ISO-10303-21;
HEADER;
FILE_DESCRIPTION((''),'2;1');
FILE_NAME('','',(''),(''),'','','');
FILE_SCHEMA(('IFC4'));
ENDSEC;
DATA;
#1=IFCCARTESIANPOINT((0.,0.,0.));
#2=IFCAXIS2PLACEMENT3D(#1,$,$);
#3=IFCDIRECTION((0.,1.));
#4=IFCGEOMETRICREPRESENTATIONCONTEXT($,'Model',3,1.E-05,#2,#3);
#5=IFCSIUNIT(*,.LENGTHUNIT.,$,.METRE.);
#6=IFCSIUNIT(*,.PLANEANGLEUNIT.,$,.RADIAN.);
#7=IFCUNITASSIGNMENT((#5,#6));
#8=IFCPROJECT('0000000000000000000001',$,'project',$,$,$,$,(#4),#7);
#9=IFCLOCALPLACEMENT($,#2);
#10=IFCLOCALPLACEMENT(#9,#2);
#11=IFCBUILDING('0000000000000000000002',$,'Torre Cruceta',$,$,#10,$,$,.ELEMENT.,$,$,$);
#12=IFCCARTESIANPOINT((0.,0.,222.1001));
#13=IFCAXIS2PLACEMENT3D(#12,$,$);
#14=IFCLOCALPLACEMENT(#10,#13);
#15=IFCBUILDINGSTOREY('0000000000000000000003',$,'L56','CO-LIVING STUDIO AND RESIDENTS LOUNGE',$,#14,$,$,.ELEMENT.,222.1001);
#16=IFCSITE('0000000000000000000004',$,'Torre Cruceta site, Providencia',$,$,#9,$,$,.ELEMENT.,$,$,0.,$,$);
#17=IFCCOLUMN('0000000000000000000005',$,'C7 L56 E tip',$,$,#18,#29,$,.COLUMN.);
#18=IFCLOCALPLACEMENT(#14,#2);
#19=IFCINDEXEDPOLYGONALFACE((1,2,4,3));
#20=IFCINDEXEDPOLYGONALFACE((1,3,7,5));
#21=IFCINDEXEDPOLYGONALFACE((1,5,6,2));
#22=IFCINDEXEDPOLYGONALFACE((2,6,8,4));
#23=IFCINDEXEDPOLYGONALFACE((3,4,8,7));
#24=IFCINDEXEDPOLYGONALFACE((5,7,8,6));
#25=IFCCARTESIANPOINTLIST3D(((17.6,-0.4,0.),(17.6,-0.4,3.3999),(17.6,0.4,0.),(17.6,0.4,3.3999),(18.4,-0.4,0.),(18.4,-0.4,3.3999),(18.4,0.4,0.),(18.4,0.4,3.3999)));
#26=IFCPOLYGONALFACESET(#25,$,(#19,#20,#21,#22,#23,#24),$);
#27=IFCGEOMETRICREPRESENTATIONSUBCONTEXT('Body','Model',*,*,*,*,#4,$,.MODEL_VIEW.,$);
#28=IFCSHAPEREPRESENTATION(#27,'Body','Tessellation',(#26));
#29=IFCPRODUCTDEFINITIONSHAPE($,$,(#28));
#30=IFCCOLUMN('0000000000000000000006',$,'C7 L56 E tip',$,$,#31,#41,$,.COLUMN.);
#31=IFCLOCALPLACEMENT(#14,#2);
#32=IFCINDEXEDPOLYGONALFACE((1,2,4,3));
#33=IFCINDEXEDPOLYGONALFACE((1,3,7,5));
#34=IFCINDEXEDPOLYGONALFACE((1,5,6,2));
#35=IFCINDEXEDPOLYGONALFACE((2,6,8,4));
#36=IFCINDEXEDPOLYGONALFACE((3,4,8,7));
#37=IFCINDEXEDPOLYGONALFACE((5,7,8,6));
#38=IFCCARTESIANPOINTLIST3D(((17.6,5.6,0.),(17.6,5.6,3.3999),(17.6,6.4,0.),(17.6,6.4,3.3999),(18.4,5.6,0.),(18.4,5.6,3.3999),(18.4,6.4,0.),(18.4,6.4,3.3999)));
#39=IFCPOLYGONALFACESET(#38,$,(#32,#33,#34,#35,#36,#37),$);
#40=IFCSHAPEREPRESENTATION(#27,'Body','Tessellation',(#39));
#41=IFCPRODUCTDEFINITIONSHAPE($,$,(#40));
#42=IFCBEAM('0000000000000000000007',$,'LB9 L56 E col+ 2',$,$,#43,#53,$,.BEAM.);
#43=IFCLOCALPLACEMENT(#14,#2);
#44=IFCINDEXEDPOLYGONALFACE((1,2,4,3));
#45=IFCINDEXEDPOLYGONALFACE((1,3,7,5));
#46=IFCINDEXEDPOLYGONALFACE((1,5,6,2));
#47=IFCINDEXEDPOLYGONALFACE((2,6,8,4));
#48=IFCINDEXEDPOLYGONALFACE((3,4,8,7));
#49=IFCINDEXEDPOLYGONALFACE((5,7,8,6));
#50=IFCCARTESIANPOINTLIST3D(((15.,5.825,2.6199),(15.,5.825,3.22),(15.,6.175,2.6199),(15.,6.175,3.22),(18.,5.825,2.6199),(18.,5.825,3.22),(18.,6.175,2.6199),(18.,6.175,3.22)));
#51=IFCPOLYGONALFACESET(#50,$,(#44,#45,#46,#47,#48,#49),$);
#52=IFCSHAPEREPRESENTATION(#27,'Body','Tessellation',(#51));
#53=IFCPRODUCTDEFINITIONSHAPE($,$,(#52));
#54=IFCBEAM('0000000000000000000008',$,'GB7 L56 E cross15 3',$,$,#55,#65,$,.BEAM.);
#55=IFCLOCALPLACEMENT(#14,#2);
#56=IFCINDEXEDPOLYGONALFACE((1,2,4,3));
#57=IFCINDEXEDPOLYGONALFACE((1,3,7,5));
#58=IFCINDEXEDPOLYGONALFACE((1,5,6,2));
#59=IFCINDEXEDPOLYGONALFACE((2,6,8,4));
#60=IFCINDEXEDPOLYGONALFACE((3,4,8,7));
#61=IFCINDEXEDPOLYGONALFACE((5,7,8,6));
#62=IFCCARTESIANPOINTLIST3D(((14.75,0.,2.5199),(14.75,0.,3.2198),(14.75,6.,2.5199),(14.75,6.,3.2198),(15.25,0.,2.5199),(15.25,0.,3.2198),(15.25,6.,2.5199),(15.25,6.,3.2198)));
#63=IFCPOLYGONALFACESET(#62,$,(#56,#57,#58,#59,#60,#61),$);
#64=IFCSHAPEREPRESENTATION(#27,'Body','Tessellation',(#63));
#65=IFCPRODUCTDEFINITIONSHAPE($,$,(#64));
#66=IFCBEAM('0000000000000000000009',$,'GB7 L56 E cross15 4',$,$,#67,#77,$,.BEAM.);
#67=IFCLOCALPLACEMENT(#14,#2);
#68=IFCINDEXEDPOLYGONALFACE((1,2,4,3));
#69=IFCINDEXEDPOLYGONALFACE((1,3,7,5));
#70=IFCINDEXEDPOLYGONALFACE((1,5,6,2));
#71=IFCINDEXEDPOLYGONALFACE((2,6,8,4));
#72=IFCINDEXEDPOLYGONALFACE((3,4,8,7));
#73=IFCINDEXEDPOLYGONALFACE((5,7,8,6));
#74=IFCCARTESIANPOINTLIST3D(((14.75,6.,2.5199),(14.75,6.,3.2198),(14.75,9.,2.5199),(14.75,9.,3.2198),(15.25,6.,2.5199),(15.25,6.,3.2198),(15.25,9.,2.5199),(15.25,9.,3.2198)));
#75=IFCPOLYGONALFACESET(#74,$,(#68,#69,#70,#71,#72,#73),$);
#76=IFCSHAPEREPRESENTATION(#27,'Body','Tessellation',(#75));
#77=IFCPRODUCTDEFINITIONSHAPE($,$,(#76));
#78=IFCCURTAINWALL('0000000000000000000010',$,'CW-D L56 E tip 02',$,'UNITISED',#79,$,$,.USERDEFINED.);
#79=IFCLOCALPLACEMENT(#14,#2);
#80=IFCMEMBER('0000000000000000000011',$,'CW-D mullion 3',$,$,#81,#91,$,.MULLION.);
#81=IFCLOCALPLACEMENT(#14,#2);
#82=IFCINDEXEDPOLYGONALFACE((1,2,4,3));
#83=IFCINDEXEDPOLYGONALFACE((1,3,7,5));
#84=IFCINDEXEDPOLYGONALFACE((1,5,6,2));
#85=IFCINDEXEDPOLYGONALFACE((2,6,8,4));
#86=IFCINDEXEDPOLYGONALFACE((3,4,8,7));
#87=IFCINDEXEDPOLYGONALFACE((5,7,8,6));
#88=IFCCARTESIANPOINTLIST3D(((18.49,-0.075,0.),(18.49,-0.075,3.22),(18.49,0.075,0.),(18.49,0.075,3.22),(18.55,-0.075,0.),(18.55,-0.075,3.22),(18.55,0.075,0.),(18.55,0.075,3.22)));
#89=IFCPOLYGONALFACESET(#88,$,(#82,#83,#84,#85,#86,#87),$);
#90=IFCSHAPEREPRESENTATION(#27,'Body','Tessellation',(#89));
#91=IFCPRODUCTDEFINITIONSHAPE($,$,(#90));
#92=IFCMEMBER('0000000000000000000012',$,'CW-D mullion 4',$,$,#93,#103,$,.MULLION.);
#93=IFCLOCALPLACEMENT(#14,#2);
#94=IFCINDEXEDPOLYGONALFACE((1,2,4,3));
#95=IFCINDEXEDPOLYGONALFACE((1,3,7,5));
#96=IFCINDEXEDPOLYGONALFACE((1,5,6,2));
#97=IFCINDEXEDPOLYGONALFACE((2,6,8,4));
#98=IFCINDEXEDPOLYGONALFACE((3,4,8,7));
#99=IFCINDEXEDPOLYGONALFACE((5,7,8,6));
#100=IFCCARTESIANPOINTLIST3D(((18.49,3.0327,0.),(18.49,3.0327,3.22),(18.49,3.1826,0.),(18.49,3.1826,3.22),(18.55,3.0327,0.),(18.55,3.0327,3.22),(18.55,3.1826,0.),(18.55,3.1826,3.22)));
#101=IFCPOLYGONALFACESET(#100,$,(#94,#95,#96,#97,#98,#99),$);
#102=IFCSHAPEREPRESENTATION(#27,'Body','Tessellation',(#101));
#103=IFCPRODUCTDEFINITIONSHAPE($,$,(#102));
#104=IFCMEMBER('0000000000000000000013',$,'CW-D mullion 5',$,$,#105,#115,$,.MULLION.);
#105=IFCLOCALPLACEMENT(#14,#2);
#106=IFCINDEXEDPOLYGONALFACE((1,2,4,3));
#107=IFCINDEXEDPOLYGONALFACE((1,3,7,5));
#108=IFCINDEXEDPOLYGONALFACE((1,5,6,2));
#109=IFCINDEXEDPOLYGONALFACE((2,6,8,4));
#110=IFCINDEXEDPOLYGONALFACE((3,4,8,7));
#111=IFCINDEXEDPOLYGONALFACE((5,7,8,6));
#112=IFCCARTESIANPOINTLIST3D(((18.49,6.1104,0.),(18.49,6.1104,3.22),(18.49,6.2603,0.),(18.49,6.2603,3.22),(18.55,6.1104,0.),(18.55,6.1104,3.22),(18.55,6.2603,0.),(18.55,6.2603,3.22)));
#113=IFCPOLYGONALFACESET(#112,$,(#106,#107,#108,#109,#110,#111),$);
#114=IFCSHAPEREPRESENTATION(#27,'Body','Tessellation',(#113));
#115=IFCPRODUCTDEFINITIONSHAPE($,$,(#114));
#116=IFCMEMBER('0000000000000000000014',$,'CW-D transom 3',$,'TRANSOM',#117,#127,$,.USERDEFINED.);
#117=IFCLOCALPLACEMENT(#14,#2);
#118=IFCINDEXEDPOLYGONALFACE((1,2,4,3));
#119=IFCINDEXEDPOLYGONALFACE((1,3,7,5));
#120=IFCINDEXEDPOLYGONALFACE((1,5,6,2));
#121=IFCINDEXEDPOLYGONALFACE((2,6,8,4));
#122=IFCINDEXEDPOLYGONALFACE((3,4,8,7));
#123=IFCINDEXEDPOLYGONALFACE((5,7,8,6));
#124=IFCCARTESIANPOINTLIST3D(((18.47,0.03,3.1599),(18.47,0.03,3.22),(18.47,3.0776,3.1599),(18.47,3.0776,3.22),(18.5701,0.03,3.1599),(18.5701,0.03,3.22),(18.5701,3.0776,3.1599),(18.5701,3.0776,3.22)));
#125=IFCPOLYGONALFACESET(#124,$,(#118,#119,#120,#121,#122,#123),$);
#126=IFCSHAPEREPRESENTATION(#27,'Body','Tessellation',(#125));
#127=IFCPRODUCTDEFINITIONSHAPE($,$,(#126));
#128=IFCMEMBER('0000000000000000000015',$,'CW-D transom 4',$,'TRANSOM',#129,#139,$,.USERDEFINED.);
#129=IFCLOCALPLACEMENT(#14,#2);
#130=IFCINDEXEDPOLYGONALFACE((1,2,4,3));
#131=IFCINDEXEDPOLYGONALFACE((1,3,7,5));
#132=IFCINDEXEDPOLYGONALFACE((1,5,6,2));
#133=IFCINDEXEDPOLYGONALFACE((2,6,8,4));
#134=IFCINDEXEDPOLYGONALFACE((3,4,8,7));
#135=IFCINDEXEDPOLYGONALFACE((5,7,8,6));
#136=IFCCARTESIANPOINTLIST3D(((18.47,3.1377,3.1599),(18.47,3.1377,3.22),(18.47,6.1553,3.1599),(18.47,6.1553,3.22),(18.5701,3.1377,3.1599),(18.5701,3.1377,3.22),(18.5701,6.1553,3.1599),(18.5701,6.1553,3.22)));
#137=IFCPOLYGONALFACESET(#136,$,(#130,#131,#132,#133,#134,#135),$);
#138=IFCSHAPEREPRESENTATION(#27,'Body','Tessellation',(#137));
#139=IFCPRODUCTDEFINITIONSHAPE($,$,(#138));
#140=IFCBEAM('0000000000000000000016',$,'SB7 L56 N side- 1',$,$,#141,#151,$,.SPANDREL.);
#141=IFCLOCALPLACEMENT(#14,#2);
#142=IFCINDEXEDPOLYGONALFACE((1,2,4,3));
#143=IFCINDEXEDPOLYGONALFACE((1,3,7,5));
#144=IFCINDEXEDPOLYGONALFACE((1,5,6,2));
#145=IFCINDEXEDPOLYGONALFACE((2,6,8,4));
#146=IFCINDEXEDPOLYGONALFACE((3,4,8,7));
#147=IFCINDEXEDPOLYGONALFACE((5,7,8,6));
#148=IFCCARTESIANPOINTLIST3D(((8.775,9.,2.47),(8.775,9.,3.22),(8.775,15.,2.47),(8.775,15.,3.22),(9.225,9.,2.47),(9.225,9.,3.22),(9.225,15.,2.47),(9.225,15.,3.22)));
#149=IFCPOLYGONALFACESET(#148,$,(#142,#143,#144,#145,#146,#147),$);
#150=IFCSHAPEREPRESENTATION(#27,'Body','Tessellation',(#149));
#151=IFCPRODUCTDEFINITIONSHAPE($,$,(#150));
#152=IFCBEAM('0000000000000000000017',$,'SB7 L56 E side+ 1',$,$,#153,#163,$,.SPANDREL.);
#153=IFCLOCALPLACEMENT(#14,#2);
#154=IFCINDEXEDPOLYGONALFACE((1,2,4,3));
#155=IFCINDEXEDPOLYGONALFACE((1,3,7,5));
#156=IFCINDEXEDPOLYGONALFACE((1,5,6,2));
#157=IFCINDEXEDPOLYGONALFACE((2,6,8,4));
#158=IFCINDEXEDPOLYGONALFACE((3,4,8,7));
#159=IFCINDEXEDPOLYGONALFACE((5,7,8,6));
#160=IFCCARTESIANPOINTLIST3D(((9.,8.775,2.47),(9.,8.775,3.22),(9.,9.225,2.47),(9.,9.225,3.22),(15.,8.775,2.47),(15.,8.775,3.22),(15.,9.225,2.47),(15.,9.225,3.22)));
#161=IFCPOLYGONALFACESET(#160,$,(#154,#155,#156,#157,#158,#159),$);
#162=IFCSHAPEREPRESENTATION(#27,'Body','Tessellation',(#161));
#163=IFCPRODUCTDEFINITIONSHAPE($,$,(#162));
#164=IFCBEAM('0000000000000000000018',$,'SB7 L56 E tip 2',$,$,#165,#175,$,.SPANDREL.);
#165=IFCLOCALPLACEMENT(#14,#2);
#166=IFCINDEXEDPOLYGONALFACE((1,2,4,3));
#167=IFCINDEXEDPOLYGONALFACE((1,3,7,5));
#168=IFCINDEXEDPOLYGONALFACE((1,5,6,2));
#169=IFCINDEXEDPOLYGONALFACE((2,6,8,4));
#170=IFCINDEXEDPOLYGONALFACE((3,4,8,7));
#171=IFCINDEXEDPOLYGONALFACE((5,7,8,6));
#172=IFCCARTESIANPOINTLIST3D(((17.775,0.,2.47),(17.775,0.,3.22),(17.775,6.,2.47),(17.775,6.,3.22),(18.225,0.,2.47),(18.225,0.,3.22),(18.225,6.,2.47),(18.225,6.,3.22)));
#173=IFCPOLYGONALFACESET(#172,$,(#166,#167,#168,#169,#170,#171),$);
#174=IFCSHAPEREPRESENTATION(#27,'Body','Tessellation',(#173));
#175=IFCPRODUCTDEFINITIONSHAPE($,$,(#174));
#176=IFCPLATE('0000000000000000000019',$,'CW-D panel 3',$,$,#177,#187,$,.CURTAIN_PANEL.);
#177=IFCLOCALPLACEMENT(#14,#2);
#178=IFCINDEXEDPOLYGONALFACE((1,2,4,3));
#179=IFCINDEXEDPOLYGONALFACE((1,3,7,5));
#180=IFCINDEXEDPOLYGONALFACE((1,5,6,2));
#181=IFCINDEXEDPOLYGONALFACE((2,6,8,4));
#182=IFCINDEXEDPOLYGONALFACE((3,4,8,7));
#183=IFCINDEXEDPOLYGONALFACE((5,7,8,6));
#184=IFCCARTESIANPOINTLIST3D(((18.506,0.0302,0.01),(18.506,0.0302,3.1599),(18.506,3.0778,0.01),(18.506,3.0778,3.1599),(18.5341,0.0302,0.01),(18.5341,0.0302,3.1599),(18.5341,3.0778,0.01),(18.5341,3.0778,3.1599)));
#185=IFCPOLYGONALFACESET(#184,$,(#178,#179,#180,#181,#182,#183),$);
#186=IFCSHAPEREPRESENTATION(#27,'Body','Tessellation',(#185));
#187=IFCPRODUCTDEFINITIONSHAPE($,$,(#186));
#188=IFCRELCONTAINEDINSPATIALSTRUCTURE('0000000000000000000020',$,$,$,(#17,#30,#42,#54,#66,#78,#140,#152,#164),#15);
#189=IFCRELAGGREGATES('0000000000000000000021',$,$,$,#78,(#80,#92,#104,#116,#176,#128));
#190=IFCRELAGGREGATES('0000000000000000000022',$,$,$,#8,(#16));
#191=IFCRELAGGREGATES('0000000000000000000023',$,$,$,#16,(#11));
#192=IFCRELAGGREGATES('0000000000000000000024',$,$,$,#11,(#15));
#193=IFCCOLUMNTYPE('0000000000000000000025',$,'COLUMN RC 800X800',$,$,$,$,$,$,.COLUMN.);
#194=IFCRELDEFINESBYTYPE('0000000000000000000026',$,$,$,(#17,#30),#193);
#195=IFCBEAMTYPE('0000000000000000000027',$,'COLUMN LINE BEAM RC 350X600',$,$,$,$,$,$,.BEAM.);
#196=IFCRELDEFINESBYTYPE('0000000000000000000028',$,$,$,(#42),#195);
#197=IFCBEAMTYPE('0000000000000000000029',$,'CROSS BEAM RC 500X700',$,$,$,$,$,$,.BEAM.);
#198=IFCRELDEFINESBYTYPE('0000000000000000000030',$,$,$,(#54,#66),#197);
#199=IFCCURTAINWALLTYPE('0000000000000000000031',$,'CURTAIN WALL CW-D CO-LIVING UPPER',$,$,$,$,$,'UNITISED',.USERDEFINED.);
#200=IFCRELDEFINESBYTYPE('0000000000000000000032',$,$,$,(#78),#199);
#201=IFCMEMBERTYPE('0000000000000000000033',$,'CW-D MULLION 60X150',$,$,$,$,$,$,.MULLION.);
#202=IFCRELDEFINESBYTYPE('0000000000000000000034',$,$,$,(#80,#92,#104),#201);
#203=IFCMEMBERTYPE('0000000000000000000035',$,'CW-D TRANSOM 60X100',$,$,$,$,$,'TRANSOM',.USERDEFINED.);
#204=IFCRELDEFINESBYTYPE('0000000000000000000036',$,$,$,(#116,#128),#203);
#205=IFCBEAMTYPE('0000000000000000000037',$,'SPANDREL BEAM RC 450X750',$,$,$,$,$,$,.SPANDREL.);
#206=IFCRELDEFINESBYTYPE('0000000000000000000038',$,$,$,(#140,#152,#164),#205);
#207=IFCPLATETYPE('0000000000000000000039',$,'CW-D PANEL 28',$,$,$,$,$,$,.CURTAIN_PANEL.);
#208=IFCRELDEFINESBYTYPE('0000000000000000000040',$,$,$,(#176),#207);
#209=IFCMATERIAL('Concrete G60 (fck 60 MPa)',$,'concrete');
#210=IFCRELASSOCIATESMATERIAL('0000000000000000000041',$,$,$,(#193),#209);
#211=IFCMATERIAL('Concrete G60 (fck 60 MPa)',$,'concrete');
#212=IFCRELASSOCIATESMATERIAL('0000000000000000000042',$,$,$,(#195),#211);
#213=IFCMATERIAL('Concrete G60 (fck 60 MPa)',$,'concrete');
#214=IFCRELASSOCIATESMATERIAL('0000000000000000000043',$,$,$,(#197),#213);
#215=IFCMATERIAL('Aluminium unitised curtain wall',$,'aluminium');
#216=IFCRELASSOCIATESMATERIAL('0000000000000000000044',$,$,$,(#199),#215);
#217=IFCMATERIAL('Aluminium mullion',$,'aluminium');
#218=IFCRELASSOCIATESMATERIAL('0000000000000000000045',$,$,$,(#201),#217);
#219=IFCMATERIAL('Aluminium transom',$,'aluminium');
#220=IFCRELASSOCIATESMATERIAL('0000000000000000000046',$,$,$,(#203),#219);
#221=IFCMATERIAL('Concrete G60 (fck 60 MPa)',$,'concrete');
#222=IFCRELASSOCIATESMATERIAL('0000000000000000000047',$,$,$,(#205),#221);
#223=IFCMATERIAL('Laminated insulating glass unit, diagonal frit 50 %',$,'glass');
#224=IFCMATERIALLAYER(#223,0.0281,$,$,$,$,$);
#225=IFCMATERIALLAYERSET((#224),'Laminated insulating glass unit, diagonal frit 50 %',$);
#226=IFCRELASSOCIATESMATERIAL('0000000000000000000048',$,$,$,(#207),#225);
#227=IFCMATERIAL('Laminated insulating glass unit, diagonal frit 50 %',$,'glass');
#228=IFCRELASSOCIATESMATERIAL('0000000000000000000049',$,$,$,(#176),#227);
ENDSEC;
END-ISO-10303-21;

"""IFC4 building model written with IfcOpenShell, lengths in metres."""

from ifc_helpers import new_model, si_unit, direction, frame, origin, origin_2d, place, context, subcontext, project, spatial, rectangle, extrude, material, layer, layer_set, material_profile, profile_set, type_object, element, aggregate, save


model = new_model("IFC4")

# Units and contexts
model_context = context("Model", 3, precision=1e-05, world=origin(), true_north=direction((0.0, 1.0)))
body_context = subcontext(model_context, "Body", "Model", "MODEL_VIEW")
ifc_project = project(units=[si_unit("LENGTHUNIT", "METRE"), si_unit("PLANEANGLEUNIT", "RADIAN")], contexts=[model_context])

# Site, building, storey
site_placement = place(None, origin())
site = spatial("IfcSite", under=ifc_project, at=site_placement, Name="Torre Cruceta site, Providencia", CompositionType="ELEMENT", RefElevation=0.0)
building_placement = place(site_placement, origin())
building = spatial("IfcBuilding", under=site, at=building_placement, Name="Torre Cruceta", CompositionType="ELEMENT")
storey_placement = place(building_placement, frame((0.0, 0.0, 222.1001)))
storey = spatial("IfcBuildingStorey", under=building, at=storey_placement, Name="L56", Description="CO-LIVING STUDIO AND RESIDENTS LOUNGE", CompositionType="ELEMENT", Elevation=222.1001)

# Columns
ifc_material_1 = material(Name="Concrete G60 (fck 60 MPa)", Category="concrete")
ifc_material_profile_1 = material_profile(ifc_material_1, rectangle(XDim=0.8, YDim=0.8, at=origin_2d()), Name="RC 800X800")
ifc_profile_set_1 = profile_set([ifc_material_profile_1], Name="Concrete G60 (fck 60 MPa)")
column_type = type_object("IfcColumnType", Name="COLUMN RC 800X800", PredefinedType="COLUMN", material=ifc_profile_set_1)
for number, where, z_axis, x_axis, name in (
    (1, (18.0, 0.0, 0.0), (0.0, 0.0, 1.0), (1.0, 0.0, 0.0), "C7 L56 E tip"),
    (2, (18.0, 6.0, 0.0), (0.0, 0.0, 1.0), (1.0, 0.0, 0.0), "C7 L56 E tip"),
):
    element("IfcColumn", number, at=place(storey_placement, frame(where, z_axis=z_axis, x_axis=x_axis)), inside=storey, type_object=column_type, Name=name, PredefinedType="COLUMN", context=body_context, shape_type="SweptSolid", body=[
        extrude(rectangle(XDim=0.8, YDim=0.8, at=origin_2d()), origin(), (0.0, 0.0, 1.0), 3.3999),
    ])

# Beams
ifc_material_2 = material(Name="Concrete G60 (fck 60 MPa)", Category="concrete")
ifc_material_profile_2 = material_profile(ifc_material_2, rectangle(XDim=0.3501, YDim=0.6001, at=origin_2d()), Name="RC 350X600")
ifc_profile_set_2 = profile_set([ifc_material_profile_2], Name="Concrete G60 (fck 60 MPa)")
beam_type_1 = type_object("IfcBeamType", Name="COLUMN LINE BEAM RC 350X600", PredefinedType="BEAM", material=ifc_profile_set_2)
beam_1_placement = place(storey_placement, frame((15.0, 6.0, 2.9199), z_axis=(1.0, 0.0, 0.0), x_axis=(0.0, 1.0, 0.0)))
element("IfcBeam", 3, at=beam_1_placement, inside=storey, type_object=beam_type_1, Name="LB9 L56 E col+ 2", PredefinedType="BEAM", context=body_context, shape_type="SweptSolid", body=[
    extrude(rectangle(XDim=0.3501, YDim=0.6001, at=origin_2d()), origin(), (0.0, 0.0, 1.0), 3.0),
])
ifc_material_3 = material(Name="Concrete G60 (fck 60 MPa)", Category="concrete")
ifc_material_profile_3 = material_profile(ifc_material_3, rectangle(XDim=0.5, YDim=0.7, at=origin_2d()), Name="RC 500X700")
ifc_profile_set_3 = profile_set([ifc_material_profile_3], Name="Concrete G60 (fck 60 MPa)")
beam_type_2 = type_object("IfcBeamType", Name="CROSS BEAM RC 500X700", PredefinedType="BEAM", material=ifc_profile_set_3)
beam_2_placement = place(storey_placement, frame((15.0, 0.0, 2.8699), z_axis=(0.0, 1.0, 0.0), x_axis=(-1.0, 0.0, 0.0)))
element("IfcBeam", 4, at=beam_2_placement, inside=storey, type_object=beam_type_2, Name="GB7 L56 E cross15 3", PredefinedType="BEAM", context=body_context, shape_type="SweptSolid", body=[
    extrude(rectangle(XDim=0.5, YDim=0.7, at=origin_2d()), origin(), (0.0, 0.0, 1.0), 6.0),
])
beam_3_placement = place(storey_placement, frame((15.0, 6.0, 2.8699), z_axis=(0.0, 1.0, 0.0), x_axis=(-1.0, 0.0, 0.0)))
element("IfcBeam", 5, at=beam_3_placement, inside=storey, type_object=beam_type_2, Name="GB7 L56 E cross15 4", PredefinedType="BEAM", context=body_context, shape_type="SweptSolid", body=[
    extrude(rectangle(XDim=0.5, YDim=0.7, at=origin_2d()), origin(), (0.0, 0.0, 1.0), 3.0),
])

# Curtain wall, members
ifc_material_4 = material(Name="Aluminium unitised curtain wall", Category="aluminium")
curtain_wall_type = type_object("IfcCurtainWallType", Name="CURTAIN WALL CW-D CO-LIVING UPPER", ElementType="UNITISED", PredefinedType="USERDEFINED", material=ifc_material_4)
curtain_wall_placement = place(storey_placement, origin())
curtain_wall = element("IfcCurtainWall", 6, at=curtain_wall_placement, inside=storey, type_object=curtain_wall_type, Name="CW-D L56 E tip 02", ObjectType="UNITISED", PredefinedType="USERDEFINED")
ifc_material_5 = material(Name="Aluminium mullion", Category="aluminium")
ifc_material_profile_4 = material_profile(ifc_material_5, rectangle(XDim=0.0601, YDim=0.1499, at=origin_2d()), Name="AL 60X150")
ifc_profile_set_4 = profile_set([ifc_material_profile_4], Name="Aluminium mullion")
member_type_1 = type_object("IfcMemberType", Name="CW-D MULLION 60X150", PredefinedType="MULLION", material=ifc_profile_set_4)
member_1_placement = place(storey_placement, frame((18.52, 0.0, 0.0), z_axis=(0.0, 0.0, 1.0), x_axis=(-1.0, 0.0, 0.0)))
member_1 = element("IfcMember", 7, at=member_1_placement, type_object=member_type_1, Name="CW-D mullion 3", PredefinedType="MULLION", context=body_context, shape_type="SweptSolid", body=[
    extrude(rectangle(XDim=0.0601, YDim=0.1499, at=origin_2d()), origin(), (0.0, 0.0, 1.0), 3.22),
])
member_2_placement = place(storey_placement, frame((18.52, 3.1077, 0.0), z_axis=(0.0, 0.0, 1.0), x_axis=(-1.0, 0.0, 0.0)))
member_2 = element("IfcMember", 8, at=member_2_placement, type_object=member_type_1, Name="CW-D mullion 4", PredefinedType="MULLION", context=body_context, shape_type="SweptSolid", body=[
    extrude(rectangle(XDim=0.0601, YDim=0.1499, at=origin_2d()), origin(), (0.0, 0.0, 1.0), 3.22),
])
member_3_placement = place(storey_placement, frame((18.52, 6.1853, 0.0), z_axis=(0.0, 0.0, 1.0), x_axis=(-1.0, 0.0, 0.0)))
member_3 = element("IfcMember", 9, at=member_3_placement, type_object=member_type_1, Name="CW-D mullion 5", PredefinedType="MULLION", context=body_context, shape_type="SweptSolid", body=[
    extrude(rectangle(XDim=0.0601, YDim=0.1499, at=origin_2d()), origin(), (0.0, 0.0, 1.0), 3.22),
])
ifc_material_6 = material(Name="Aluminium transom", Category="aluminium")
ifc_material_profile_5 = material_profile(ifc_material_6, rectangle(XDim=0.1001, YDim=0.0601, at=origin_2d()), Name="AL 100X60")
ifc_profile_set_5 = profile_set([ifc_material_profile_5], Name="Aluminium transom")
member_type_2 = type_object("IfcMemberType", Name="CW-D TRANSOM 60X100", ElementType="TRANSOM", PredefinedType="USERDEFINED", material=ifc_profile_set_5)
member_4_placement = place(storey_placement, frame((18.52, 0.03, 3.1899), z_axis=(0.0, 1.0, 0.0), x_axis=(-1.0, 0.0, 0.0)))
member_4 = element("IfcMember", 10, at=member_4_placement, type_object=member_type_2, Name="CW-D transom 3", ObjectType="TRANSOM", PredefinedType="USERDEFINED", context=body_context, shape_type="SweptSolid", body=[
    extrude(rectangle(XDim=0.1001, YDim=0.0601, at=origin_2d()), origin(), (0.0, 0.0, 1.0), 3.0476),
])
member_5_placement = place(storey_placement, frame((18.52, 3.1377, 3.1899), z_axis=(0.0, 1.0, 0.0), x_axis=(-1.0, 0.0, 0.0)))
member_5 = element("IfcMember", 11, at=member_5_placement, type_object=member_type_2, Name="CW-D transom 4", ObjectType="TRANSOM", PredefinedType="USERDEFINED", context=body_context, shape_type="SweptSolid", body=[
    extrude(rectangle(XDim=0.1001, YDim=0.0601, at=origin_2d()), origin(), (0.0, 0.0, 1.0), 3.0176),
])

# Beams
ifc_material_7 = material(Name="Concrete G60 (fck 60 MPa)", Category="concrete")
ifc_material_profile_6 = material_profile(ifc_material_7, rectangle(XDim=0.45, YDim=0.75, at=origin_2d()), Name="RC 450X750")
ifc_profile_set_6 = profile_set([ifc_material_profile_6], Name="Concrete G60 (fck 60 MPa)")
beam_type_3 = type_object("IfcBeamType", Name="SPANDREL BEAM RC 450X750", PredefinedType="SPANDREL", material=ifc_profile_set_6)
for number, where, z_axis, x_axis, name in (
    (12, (9.0, 9.0, 2.845), (0.0, 1.0, 0.0), (-1.0, 0.0, 0.0), "SB7 L56 N side- 1"),
    (13, (9.0, 9.0, 2.845), (1.0, 0.0, 0.0), (0.0, 1.0, 0.0), "SB7 L56 E side+ 1"),
    (14, (18.0, 0.0, 2.845), (0.0, 1.0, 0.0), (-1.0, 0.0, 0.0), "SB7 L56 E tip 2"),
):
    element("IfcBeam", number, at=place(storey_placement, frame(where, z_axis=z_axis, x_axis=x_axis)), inside=storey, type_object=beam_type_3, Name=name, PredefinedType="SPANDREL", context=body_context, shape_type="SweptSolid", body=[
        extrude(rectangle(XDim=0.45, YDim=0.75, at=origin_2d()), origin(), (0.0, 0.0, 1.0), 6.0),
    ])

# Plate
ifc_material_8 = material(Name="Laminated insulating glass unit, diagonal frit 50 %", Category="glass")
ifc_material_9 = material(Name="Laminated insulating glass unit, diagonal frit 50 %", Category="glass")
ifc_layer_1 = layer(ifc_material_9, 0.0281)
ifc_layer_set_1 = layer_set([ifc_layer_1], Name="Laminated insulating glass unit, diagonal frit 50 %")
plate_type = type_object("IfcPlateType", Name="CW-D PANEL 28", PredefinedType="CURTAIN_PANEL", material=ifc_layer_set_1)
plate_1_placement = place(storey_placement, frame((18.52, 1.554, 0.01), z_axis=(0.0, 0.0, 1.0), x_axis=(0.0, 1.0, 0.0)))
plate_1 = element("IfcPlate", 15, at=plate_1_placement, type_object=plate_type, material=ifc_material_8, Name="CW-D panel 3", PredefinedType="CURTAIN_PANEL", context=body_context, shape_type="SweptSolid", body=[
    extrude(rectangle(XDim=3.0476, YDim=0.0281, at=origin_2d()), origin(), (0.0, 0.0, 1.0), 3.1499),
])
aggregate(curtain_wall, [member_1, member_2, member_3, member_4, plate_1, member_5])

save(model, "model.ifc")
